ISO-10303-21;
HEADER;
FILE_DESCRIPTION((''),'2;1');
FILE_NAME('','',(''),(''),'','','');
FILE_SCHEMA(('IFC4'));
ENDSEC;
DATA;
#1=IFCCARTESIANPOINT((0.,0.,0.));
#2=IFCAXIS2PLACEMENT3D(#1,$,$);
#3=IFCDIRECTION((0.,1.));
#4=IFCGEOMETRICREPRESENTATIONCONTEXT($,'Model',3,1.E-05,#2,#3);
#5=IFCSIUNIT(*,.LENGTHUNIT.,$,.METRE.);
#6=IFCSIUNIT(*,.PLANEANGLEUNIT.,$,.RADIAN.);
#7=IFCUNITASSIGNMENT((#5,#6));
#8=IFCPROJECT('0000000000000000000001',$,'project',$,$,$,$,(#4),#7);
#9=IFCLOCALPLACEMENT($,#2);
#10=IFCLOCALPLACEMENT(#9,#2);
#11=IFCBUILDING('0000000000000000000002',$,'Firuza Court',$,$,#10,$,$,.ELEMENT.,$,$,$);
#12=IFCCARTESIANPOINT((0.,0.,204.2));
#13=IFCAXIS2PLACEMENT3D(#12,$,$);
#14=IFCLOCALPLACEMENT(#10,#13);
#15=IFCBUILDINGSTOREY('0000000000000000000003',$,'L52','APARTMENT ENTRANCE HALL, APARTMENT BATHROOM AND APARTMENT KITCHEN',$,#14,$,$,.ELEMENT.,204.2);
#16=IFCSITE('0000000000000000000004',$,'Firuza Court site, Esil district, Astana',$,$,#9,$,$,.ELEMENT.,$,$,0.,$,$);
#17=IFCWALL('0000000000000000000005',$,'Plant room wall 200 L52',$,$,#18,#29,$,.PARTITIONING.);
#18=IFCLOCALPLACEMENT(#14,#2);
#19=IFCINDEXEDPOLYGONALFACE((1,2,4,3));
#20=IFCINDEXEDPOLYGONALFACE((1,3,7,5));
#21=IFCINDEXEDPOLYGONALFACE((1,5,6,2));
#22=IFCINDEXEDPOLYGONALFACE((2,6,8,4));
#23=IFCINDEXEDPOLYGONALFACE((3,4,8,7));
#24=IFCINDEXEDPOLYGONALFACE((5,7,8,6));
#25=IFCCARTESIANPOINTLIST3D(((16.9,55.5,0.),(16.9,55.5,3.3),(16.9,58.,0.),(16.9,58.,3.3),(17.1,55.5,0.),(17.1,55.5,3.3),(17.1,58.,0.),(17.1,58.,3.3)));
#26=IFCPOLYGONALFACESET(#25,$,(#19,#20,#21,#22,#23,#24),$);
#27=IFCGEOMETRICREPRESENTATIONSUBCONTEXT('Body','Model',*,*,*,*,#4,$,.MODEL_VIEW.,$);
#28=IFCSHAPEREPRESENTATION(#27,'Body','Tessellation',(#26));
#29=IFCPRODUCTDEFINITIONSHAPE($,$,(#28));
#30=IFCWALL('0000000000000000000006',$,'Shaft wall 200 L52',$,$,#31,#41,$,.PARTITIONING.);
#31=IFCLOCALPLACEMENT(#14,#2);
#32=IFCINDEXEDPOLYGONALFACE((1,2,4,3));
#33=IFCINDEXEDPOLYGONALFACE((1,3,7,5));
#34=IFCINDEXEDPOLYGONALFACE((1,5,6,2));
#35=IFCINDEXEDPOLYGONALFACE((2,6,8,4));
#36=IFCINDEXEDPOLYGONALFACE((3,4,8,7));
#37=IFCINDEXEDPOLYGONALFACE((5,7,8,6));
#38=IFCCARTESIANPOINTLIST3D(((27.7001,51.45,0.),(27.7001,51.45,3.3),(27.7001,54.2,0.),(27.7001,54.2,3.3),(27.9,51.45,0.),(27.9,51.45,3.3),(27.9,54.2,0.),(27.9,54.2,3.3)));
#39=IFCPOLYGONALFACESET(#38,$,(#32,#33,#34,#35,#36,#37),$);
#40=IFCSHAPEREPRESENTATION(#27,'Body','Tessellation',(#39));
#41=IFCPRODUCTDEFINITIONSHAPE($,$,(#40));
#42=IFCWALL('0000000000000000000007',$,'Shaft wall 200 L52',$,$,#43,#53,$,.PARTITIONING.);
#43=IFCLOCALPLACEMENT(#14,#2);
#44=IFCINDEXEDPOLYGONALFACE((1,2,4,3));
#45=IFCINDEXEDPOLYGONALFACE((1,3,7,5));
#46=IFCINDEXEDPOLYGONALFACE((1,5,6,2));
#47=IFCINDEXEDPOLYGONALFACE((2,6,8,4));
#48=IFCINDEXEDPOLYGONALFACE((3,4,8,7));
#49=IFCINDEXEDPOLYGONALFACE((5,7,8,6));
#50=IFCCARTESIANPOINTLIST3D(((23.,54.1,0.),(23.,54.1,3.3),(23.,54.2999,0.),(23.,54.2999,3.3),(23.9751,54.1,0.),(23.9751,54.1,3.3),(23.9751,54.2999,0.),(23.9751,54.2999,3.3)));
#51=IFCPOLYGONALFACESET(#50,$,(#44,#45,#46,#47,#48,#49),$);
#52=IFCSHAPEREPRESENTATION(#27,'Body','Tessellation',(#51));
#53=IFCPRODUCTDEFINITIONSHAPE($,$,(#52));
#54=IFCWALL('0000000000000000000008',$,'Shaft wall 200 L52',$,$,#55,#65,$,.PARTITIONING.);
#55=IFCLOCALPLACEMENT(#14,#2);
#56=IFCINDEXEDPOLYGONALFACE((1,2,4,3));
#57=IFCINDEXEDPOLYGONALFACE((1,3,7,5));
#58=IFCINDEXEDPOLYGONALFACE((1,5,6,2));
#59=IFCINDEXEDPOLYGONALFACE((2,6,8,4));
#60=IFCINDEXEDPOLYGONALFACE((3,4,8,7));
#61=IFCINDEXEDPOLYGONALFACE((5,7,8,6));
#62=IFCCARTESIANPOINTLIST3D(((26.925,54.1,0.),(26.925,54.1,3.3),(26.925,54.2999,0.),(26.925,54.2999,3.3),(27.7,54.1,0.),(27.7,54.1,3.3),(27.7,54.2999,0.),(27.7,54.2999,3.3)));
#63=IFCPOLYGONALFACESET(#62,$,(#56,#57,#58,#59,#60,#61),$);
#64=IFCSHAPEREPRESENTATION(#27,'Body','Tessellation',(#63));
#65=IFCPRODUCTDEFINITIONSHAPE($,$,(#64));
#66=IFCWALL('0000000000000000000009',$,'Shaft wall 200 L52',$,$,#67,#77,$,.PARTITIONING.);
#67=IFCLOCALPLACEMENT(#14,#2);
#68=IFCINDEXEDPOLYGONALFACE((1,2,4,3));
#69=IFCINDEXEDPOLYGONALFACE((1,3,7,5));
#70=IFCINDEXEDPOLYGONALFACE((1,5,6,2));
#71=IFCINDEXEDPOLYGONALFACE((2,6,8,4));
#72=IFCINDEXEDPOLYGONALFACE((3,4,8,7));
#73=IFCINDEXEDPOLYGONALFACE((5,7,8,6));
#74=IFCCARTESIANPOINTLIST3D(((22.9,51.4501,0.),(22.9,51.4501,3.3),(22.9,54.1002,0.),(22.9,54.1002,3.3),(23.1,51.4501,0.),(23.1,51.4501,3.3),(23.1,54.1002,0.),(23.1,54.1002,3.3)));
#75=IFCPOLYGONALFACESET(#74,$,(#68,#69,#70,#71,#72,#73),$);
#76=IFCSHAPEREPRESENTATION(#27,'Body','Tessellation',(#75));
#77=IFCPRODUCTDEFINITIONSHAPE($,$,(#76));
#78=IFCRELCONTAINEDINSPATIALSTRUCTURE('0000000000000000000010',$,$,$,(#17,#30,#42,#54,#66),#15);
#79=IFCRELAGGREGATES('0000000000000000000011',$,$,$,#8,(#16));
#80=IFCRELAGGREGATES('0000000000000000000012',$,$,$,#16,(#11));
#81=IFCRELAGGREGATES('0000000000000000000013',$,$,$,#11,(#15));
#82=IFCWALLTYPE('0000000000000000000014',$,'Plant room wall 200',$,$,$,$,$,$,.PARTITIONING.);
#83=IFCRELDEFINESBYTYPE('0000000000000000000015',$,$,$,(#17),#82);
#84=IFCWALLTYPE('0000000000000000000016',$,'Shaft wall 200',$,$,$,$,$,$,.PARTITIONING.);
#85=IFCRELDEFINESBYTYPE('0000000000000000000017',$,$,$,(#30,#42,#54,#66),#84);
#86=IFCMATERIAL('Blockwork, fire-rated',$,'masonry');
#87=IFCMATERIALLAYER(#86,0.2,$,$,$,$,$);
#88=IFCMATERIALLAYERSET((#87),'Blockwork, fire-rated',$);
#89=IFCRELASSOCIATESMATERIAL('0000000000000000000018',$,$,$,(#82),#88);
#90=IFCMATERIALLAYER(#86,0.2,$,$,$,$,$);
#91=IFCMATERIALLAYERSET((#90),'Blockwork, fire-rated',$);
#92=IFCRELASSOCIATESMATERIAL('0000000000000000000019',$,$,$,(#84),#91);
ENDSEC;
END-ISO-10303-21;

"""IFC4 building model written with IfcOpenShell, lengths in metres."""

from ifc_helpers import new_model, si_unit, direction, frame, frame_2d, origin, place, context, subcontext, project, spatial, rectangle, extrude, material, layer, layer_set, type_object, element, save


model = new_model("IFC4")

# Units and contexts
model_context = context("Model", 3, precision=1e-05, world=origin(), true_north=direction((0.0, 1.0)))
body_context = subcontext(model_context, "Body", "Model", "MODEL_VIEW")
ifc_project = project(units=[si_unit("LENGTHUNIT", "METRE"), si_unit("PLANEANGLEUNIT", "RADIAN")], contexts=[model_context])

# Site, building, storey
site_placement = place(None, origin())
site = spatial("IfcSite", under=ifc_project, at=site_placement, Name="Firuza Court site, Esil district, Astana", CompositionType="ELEMENT", RefElevation=0.0)
building_placement = place(site_placement, origin())
building = spatial("IfcBuilding", under=site, at=building_placement, Name="Firuza Court", CompositionType="ELEMENT")
storey_placement = place(building_placement, frame((0.0, 0.0, 204.2)))
storey = spatial("IfcBuildingStorey", under=building, at=storey_placement, Name="L52", Description="APARTMENT ENTRANCE HALL, APARTMENT BATHROOM AND APARTMENT KITCHEN", CompositionType="ELEMENT", Elevation=204.2)

# Shared definitions
ifc_material_1 = material(Name="Blockwork, fire-rated", Category="masonry")
ifc_layer_1 = layer(ifc_material_1, 0.2)
ifc_layer_set_1 = layer_set([ifc_layer_1], Name="Blockwork, fire-rated")
wall_type_1 = type_object("IfcWallType", Name="Plant room wall 200", PredefinedType="PARTITIONING", material=ifc_layer_set_1)

# Walls
wall_1_placement = place(storey_placement, frame((17.0, 55.5, 0.0), z_axis=(0.0, 0.0, 1.0), x_axis=(0.0, 1.0, 0.0)))
element("IfcWall", 1, at=wall_1_placement, inside=storey, type_object=wall_type_1, Name="Plant room wall 200 L52", PredefinedType="PARTITIONING", context=body_context, shape_type="SweptSolid", body=[
    extrude(rectangle(XDim=2.5, YDim=0.2, at=frame_2d((1.25, 0.0))), origin(), (0.0, 0.0, 1.0), 3.3),
])
ifc_layer_2 = layer(ifc_material_1, 0.2)
ifc_layer_set_2 = layer_set([ifc_layer_2], Name="Blockwork, fire-rated")
wall_type_2 = type_object("IfcWallType", Name="Shaft wall 200", PredefinedType="PARTITIONING", material=ifc_layer_set_2)
wall_2_placement = place(storey_placement, frame((27.8, 51.45, 0.0), z_axis=(0.0, 0.0, 1.0), x_axis=(0.0, 1.0, 0.0)))
element("IfcWall", 2, at=wall_2_placement, inside=storey, type_object=wall_type_2, Name="Shaft wall 200 L52", PredefinedType="PARTITIONING", context=body_context, shape_type="SweptSolid", body=[
    extrude(rectangle(XDim=2.75, YDim=0.2, at=frame_2d((1.375, 0.0))), origin(), (0.0, 0.0, 1.0), 3.3),
])
wall_3_placement = place(storey_placement, frame((23.0, 54.2, 0.0), z_axis=(0.0, 0.0, 1.0), x_axis=(1.0, 0.0, 0.0)))
element("IfcWall", 3, at=wall_3_placement, inside=storey, type_object=wall_type_2, Name="Shaft wall 200 L52", PredefinedType="PARTITIONING", context=body_context, shape_type="SweptSolid", body=[
    extrude(rectangle(XDim=0.9751, YDim=0.2, at=frame_2d((0.4875, 0.0))), origin(), (0.0, 0.0, 1.0), 3.3),
])
wall_4_placement = place(storey_placement, frame((26.925, 54.2, 0.0), z_axis=(0.0, 0.0, 1.0), x_axis=(1.0, 0.0, 0.0)))
element("IfcWall", 4, at=wall_4_placement, inside=storey, type_object=wall_type_2, Name="Shaft wall 200 L52", PredefinedType="PARTITIONING", context=body_context, shape_type="SweptSolid", body=[
    extrude(rectangle(XDim=0.7749, YDim=0.2, at=frame_2d((0.3875, 0.0))), origin(), (0.0, 0.0, 1.0), 3.3),
])
wall_5_placement = place(storey_placement, frame((23.0, 51.45, 0.0), z_axis=(0.0, 0.0, 1.0), x_axis=(0.0, 1.0, 0.0)))
element("IfcWall", 5, at=wall_5_placement, inside=storey, type_object=wall_type_2, Name="Shaft wall 200 L52", PredefinedType="PARTITIONING", context=body_context, shape_type="SweptSolid", body=[
    extrude(rectangle(XDim=2.6501, YDim=0.2, at=frame_2d((1.3252, 0.0))), origin(), (0.0, 0.0, 1.0), 3.3),
])

save(model, "model.ifc")
